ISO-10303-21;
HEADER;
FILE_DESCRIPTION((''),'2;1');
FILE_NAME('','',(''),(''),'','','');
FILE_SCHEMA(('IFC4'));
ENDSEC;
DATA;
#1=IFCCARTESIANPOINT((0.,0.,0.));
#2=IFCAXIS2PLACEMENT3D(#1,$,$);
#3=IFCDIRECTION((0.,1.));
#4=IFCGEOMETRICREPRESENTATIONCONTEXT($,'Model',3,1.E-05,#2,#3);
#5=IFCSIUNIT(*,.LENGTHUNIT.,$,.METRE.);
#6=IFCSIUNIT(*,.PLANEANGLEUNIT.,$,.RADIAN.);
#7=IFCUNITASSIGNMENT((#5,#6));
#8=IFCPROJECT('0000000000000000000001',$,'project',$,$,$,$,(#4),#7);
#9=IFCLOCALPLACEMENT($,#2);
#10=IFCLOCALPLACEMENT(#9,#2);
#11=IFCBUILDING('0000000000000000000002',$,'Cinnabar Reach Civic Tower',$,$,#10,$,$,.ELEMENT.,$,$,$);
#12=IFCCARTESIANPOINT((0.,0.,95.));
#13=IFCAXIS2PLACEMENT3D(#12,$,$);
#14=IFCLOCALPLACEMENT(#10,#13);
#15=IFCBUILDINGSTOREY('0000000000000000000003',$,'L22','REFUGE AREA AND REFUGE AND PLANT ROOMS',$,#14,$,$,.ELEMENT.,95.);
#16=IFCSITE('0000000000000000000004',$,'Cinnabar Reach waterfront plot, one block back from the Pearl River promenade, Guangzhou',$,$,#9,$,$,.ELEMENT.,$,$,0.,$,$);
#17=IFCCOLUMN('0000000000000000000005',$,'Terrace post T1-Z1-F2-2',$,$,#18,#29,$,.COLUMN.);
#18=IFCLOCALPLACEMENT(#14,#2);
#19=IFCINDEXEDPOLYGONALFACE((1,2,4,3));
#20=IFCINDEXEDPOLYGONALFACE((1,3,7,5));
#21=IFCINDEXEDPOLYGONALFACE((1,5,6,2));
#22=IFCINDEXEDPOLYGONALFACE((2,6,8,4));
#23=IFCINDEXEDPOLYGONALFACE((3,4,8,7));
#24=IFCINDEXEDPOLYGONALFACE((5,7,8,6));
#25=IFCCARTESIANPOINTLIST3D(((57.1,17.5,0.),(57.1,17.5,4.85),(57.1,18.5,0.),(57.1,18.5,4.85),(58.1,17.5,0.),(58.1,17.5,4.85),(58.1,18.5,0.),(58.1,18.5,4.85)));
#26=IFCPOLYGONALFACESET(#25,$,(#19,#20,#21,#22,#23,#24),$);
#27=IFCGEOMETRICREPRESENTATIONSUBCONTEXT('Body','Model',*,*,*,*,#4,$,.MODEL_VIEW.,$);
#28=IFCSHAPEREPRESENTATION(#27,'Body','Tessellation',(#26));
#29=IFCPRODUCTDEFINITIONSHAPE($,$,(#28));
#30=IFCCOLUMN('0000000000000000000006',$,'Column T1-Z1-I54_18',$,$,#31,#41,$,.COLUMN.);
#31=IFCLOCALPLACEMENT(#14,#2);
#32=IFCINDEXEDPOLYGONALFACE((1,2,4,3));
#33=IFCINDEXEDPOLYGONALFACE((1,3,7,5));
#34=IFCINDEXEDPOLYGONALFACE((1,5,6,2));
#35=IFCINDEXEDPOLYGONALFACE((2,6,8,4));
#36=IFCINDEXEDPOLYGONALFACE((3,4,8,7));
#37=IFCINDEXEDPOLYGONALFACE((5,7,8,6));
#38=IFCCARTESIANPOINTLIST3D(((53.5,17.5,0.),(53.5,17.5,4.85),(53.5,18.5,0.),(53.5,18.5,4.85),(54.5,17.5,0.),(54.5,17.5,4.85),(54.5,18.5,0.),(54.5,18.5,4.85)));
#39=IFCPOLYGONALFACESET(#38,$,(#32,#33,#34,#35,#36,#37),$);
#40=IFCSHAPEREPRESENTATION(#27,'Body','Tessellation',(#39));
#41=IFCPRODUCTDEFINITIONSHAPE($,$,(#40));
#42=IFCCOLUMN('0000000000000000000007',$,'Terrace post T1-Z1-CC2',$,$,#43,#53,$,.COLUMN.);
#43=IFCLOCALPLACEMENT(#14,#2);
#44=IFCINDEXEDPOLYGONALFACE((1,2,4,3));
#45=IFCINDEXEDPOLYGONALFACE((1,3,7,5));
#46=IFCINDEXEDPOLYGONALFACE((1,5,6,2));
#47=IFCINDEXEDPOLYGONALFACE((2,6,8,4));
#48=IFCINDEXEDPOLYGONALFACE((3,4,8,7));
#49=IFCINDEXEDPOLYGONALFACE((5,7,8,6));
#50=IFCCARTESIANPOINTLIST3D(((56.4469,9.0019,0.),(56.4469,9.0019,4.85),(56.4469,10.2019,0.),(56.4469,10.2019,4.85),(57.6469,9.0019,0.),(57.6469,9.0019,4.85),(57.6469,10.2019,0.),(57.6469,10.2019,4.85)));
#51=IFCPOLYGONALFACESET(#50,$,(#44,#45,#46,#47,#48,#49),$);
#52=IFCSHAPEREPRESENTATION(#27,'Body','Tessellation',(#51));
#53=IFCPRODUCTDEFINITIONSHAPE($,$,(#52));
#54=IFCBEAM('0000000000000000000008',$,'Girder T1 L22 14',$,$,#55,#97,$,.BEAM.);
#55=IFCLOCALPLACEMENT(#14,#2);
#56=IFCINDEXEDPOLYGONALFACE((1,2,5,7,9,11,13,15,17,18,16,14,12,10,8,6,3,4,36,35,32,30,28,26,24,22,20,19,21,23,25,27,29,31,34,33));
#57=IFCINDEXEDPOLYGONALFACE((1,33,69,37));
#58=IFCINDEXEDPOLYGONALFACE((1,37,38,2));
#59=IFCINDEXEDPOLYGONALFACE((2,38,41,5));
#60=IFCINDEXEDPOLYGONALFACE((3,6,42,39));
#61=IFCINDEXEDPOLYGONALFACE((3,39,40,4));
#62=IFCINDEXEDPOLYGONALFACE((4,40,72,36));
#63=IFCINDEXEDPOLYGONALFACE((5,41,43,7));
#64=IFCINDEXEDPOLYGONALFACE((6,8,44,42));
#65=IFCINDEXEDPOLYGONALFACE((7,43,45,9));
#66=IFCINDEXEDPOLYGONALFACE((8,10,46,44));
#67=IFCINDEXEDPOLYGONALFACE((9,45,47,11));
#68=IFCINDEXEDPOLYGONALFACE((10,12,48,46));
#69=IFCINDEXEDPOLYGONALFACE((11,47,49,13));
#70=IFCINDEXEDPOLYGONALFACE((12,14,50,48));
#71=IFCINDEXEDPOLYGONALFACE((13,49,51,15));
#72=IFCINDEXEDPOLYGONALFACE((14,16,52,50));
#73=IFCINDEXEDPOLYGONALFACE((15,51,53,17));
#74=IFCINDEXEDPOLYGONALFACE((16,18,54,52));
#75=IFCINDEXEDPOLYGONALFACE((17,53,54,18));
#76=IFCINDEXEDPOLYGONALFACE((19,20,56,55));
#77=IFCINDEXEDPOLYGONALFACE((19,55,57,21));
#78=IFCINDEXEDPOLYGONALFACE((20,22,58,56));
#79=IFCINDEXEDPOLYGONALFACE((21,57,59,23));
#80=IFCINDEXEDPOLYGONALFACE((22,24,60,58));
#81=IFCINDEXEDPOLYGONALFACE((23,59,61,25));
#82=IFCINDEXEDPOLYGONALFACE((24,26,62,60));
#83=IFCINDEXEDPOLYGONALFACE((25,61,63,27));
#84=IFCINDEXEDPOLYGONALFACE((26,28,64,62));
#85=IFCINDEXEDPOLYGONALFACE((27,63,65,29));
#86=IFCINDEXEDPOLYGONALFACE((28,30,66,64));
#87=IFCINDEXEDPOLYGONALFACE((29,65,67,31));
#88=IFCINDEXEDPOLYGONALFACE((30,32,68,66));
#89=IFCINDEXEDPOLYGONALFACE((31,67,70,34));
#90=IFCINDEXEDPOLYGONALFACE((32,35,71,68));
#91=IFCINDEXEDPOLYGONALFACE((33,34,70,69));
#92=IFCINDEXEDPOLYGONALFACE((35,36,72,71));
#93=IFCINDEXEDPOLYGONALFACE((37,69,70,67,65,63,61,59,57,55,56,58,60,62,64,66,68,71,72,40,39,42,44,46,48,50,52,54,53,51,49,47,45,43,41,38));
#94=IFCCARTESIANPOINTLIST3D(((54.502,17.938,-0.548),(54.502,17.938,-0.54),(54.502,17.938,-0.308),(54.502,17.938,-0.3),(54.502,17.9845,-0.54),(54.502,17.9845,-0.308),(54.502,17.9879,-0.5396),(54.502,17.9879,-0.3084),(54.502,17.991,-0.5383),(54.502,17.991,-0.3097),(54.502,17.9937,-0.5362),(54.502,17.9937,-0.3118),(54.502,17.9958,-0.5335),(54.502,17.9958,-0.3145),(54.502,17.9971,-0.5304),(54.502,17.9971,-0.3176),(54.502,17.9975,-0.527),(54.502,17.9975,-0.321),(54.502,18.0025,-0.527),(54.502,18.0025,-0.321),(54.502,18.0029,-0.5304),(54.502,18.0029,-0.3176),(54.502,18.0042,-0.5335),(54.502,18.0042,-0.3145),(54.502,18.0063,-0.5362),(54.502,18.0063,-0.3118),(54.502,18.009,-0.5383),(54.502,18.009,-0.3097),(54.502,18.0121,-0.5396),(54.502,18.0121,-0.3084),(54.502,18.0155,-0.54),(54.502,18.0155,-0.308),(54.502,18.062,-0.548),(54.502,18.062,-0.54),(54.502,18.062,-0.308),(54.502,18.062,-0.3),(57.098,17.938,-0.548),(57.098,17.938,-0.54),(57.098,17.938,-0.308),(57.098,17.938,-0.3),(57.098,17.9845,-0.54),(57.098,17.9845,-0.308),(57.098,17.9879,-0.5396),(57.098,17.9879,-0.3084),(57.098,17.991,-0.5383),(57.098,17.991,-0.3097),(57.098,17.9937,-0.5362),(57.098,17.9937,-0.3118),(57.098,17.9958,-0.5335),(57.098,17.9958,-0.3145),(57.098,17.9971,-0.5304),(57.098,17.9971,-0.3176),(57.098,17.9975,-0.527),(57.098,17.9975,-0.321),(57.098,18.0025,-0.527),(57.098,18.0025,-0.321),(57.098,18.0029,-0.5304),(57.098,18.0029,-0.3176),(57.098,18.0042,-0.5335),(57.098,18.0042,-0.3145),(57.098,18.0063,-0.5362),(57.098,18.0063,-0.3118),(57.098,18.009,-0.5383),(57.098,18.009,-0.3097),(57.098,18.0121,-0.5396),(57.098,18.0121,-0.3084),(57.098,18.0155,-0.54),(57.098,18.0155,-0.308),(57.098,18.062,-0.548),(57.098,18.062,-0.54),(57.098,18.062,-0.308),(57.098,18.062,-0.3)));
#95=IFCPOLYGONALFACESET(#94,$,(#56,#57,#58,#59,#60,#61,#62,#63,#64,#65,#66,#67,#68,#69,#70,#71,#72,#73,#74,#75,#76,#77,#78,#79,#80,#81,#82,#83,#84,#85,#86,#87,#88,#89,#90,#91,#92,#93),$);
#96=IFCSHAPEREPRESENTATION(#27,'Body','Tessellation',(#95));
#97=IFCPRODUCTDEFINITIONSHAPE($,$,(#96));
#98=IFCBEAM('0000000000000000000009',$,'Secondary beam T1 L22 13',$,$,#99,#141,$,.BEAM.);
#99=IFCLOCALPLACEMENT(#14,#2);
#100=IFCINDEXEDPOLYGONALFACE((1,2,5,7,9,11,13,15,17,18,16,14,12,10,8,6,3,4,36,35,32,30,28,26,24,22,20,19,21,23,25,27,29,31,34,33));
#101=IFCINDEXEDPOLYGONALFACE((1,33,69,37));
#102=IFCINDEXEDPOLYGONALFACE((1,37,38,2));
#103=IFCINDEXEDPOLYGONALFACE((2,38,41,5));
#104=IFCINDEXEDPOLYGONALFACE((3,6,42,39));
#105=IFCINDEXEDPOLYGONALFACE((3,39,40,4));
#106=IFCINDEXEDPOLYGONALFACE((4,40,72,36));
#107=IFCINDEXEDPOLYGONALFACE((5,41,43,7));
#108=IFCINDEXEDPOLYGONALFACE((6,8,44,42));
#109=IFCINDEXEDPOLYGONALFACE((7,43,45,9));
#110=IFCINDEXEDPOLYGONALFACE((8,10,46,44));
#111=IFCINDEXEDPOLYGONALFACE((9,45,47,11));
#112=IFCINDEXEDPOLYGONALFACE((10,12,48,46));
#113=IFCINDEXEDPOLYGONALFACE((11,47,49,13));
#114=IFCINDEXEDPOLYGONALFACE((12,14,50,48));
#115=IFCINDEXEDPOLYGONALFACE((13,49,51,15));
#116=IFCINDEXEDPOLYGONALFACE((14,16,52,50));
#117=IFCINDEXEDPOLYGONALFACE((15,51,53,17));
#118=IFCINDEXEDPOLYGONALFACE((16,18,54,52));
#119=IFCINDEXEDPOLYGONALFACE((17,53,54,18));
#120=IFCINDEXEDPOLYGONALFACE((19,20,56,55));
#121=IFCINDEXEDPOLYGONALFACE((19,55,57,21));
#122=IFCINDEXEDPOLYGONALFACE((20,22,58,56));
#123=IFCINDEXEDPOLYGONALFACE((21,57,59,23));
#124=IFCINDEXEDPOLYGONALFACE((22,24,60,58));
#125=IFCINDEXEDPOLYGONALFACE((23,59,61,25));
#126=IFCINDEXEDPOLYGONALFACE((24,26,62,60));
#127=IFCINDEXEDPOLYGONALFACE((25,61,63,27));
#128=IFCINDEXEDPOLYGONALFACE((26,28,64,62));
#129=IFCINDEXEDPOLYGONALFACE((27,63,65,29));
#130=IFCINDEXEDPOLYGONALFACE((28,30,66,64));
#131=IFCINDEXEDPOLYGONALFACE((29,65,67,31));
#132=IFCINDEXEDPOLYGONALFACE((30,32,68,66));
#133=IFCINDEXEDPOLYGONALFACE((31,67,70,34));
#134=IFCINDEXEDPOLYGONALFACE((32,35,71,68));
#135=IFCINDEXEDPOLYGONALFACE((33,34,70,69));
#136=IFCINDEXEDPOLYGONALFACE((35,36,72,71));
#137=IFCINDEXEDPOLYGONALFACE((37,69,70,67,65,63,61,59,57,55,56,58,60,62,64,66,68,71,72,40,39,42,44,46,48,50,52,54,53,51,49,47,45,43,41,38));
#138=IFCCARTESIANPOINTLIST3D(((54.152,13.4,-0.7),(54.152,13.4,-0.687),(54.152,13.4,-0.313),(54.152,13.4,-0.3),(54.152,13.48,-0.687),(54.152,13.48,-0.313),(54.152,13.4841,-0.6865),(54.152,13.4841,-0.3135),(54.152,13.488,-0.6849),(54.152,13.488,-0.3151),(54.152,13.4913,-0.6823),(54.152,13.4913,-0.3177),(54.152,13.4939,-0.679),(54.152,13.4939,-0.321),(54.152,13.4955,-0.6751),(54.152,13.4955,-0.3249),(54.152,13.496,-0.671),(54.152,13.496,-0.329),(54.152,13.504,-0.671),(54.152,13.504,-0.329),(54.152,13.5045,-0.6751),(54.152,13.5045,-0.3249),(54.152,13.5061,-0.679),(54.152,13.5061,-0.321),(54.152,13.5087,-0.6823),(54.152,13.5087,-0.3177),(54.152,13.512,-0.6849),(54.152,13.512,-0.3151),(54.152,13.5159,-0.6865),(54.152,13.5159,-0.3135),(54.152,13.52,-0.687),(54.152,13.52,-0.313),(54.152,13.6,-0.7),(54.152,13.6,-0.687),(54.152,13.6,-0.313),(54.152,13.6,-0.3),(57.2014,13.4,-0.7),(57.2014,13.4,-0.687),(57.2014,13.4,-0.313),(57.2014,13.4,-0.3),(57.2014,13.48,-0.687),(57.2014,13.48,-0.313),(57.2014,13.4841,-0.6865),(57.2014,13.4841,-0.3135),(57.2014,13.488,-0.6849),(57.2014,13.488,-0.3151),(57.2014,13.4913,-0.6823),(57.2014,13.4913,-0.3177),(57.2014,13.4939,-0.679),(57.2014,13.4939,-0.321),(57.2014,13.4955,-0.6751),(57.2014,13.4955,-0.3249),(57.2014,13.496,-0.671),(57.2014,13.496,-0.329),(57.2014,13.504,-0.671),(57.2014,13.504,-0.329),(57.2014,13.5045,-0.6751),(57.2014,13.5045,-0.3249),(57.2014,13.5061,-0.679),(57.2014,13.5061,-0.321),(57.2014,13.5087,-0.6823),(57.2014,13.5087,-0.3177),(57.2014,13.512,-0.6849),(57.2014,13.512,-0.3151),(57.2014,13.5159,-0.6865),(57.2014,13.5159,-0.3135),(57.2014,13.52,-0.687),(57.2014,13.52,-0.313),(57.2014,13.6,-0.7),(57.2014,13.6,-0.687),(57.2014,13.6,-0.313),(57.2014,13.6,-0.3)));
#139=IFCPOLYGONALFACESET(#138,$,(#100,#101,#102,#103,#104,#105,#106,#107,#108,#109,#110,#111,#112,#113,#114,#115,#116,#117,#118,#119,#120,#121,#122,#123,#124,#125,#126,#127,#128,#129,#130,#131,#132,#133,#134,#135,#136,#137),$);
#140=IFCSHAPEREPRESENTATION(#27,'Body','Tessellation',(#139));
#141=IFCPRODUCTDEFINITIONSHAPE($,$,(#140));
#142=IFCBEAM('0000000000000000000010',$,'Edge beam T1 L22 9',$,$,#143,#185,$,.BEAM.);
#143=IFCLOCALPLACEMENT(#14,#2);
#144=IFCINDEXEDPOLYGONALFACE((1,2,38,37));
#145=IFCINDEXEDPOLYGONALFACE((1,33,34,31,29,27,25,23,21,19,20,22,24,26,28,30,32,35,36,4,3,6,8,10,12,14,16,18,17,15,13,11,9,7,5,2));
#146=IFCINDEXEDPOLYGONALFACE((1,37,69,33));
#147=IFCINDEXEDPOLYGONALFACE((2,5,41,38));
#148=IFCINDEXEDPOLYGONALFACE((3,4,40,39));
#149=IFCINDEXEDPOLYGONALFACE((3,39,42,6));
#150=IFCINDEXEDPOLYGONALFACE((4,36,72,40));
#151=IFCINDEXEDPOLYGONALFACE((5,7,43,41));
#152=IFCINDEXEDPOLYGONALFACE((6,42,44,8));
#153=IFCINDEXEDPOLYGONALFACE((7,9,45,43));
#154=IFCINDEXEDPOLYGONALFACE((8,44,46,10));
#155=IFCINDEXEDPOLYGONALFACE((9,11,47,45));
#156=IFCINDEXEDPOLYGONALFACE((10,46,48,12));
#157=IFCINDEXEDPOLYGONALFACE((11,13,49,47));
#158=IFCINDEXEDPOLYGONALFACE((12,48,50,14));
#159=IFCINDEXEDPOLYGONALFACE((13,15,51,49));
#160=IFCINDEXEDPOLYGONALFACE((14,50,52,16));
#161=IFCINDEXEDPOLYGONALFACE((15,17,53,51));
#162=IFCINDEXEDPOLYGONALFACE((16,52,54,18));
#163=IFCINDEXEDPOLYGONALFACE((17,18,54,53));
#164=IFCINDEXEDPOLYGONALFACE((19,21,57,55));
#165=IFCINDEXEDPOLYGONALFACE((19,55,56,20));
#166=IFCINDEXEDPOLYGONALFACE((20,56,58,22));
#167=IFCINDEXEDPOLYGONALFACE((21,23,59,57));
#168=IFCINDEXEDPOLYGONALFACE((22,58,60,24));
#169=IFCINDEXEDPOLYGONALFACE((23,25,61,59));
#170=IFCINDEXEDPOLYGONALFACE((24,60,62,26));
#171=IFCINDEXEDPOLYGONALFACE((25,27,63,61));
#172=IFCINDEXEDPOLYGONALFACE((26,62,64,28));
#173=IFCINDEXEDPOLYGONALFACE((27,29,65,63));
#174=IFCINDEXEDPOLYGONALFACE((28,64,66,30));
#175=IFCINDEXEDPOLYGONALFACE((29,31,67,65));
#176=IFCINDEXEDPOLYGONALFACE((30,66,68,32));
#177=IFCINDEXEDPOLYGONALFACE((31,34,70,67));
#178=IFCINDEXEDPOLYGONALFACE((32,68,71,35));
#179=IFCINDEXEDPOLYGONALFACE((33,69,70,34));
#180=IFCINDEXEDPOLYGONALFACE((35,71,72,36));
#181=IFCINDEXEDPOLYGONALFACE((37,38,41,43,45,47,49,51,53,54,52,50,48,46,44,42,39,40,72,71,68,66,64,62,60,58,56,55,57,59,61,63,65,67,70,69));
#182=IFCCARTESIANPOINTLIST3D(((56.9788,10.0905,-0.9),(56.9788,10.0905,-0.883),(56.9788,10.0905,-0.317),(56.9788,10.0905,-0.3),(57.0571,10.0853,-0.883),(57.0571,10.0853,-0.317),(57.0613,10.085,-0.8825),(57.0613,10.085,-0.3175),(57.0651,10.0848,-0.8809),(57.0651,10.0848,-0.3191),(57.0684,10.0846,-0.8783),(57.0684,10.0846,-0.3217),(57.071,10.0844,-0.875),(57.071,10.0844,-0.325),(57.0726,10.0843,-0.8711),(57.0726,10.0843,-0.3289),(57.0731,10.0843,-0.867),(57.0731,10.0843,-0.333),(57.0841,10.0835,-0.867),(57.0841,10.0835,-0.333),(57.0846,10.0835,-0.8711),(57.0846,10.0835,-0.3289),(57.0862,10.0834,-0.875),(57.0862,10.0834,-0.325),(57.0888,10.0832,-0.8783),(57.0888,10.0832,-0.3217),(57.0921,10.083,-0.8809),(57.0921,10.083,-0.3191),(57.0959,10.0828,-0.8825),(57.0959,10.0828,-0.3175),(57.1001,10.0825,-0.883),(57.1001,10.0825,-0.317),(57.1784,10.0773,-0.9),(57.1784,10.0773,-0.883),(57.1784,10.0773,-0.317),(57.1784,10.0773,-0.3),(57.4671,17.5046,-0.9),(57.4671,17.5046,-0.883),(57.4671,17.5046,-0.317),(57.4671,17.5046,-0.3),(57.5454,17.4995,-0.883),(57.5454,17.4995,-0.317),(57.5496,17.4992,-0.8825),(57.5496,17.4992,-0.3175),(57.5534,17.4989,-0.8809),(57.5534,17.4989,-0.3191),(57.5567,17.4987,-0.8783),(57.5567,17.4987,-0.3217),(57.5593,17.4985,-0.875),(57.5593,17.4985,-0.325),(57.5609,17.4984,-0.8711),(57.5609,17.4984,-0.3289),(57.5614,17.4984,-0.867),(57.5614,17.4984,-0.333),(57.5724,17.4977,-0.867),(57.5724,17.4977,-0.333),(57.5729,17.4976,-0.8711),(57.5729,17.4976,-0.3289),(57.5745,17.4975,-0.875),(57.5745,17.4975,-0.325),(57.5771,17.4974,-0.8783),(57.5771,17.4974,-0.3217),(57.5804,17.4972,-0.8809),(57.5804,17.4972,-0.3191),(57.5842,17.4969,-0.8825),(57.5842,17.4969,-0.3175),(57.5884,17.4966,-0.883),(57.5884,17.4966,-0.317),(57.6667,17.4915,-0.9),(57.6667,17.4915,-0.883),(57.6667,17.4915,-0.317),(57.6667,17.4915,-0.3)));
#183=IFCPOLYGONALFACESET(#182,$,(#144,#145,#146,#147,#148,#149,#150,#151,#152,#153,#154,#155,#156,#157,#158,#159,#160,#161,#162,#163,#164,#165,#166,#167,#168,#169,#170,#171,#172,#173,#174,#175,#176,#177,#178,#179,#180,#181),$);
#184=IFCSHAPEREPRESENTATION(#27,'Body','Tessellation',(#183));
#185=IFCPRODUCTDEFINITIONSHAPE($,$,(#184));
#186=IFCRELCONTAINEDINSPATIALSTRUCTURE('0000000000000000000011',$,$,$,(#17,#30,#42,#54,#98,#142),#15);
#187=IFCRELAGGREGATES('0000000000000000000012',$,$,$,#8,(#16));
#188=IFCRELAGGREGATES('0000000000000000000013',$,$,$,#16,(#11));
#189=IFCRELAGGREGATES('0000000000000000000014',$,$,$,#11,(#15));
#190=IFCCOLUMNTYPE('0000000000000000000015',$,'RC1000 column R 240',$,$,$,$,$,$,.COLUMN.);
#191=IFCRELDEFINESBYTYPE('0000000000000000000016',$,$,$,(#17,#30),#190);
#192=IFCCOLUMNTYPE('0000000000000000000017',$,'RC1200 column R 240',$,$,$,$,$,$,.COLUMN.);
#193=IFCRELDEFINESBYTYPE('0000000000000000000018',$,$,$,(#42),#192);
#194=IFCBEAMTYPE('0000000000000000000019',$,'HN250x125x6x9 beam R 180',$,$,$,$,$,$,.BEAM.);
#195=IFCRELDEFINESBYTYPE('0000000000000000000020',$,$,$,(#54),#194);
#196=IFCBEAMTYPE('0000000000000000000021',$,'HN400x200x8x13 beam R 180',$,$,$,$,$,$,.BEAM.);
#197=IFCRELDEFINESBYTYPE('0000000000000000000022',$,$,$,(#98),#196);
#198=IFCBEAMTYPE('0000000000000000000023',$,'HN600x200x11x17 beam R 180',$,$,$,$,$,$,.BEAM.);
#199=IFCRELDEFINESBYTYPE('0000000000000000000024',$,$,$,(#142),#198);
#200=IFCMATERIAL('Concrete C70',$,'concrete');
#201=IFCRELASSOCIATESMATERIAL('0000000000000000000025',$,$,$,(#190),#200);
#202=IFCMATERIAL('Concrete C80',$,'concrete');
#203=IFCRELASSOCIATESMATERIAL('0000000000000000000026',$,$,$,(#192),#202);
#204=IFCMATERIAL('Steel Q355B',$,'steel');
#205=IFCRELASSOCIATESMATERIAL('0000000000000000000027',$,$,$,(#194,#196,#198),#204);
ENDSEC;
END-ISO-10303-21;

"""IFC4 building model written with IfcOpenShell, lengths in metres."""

from ifc_helpers import new_model, si_unit, direction, frame, origin, origin_2d, place, context, subcontext, project, spatial, rectangle, i_section, extrude, material, material_profile, profile_set, type_object, element, save


model = new_model("IFC4")

# Units and contexts
model_context = context("Model", 3, precision=1e-05, world=origin(), true_north=direction((0.0, 1.0)))
body_context = subcontext(model_context, "Body", "Model", "MODEL_VIEW")
ifc_project = project(units=[si_unit("LENGTHUNIT", "METRE"), si_unit("PLANEANGLEUNIT", "RADIAN")], contexts=[model_context])

# Site, building, storey
site_placement = place(None, origin())
site = spatial("IfcSite", under=ifc_project, at=site_placement, Name="Cinnabar Reach waterfront plot, one block back from the Pearl River promenade, Guangzhou", CompositionType="ELEMENT", RefElevation=0.0)
building_placement = place(site_placement, origin())
building = spatial("IfcBuilding", under=site, at=building_placement, Name="Cinnabar Reach Civic Tower", CompositionType="ELEMENT")
storey_placement = place(building_placement, frame((0.0, 0.0, 95.0)))
storey = spatial("IfcBuildingStorey", under=building, at=storey_placement, Name="L22", Description="REFUGE AREA AND REFUGE AND PLANT ROOMS", CompositionType="ELEMENT", Elevation=95.0)

# Columns
ifc_material_1 = material(Name="Concrete C70", Category="concrete")
ifc_material_profile_1 = material_profile(ifc_material_1, rectangle(XDim=1.0, YDim=1.0, at=origin_2d()), Name="RC1000")
ifc_profile_set_1 = profile_set([ifc_material_profile_1], Name="Concrete C70")
column_type_1 = type_object("IfcColumnType", Name="RC1000 column R 240", PredefinedType="COLUMN", material=ifc_profile_set_1)
for number, where, z_axis, x_axis, name in (
    (1, (57.6, 18.0, 0.0), (0.0, 0.0, 1.0), (1.0, 0.0, 0.0), "Terrace post T1-Z1-F2-2"),
    (2, (54.0, 18.0, 0.0), (0.0, 0.0, 1.0), (1.0, 0.0, 0.0), "Column T1-Z1-I54_18"),
):
    element("IfcColumn", number, at=place(storey_placement, frame(where, z_axis=z_axis, x_axis=x_axis)), inside=storey, type_object=column_type_1, Name=name, PredefinedType="COLUMN", context=body_context, shape_type="SweptSolid", body=[
        extrude(rectangle(XDim=1.0, YDim=1.0, at=origin_2d()), origin(), (0.0, 0.0, 1.0), 4.85),
    ])
ifc_material_2 = material(Name="Concrete C80", Category="concrete")
ifc_material_profile_2 = material_profile(ifc_material_2, rectangle(XDim=1.2, YDim=1.2, at=origin_2d()), Name="RC1200")
ifc_profile_set_2 = profile_set([ifc_material_profile_2], Name="Concrete C80")
column_type_2 = type_object("IfcColumnType", Name="RC1200 column R 240", PredefinedType="COLUMN", material=ifc_profile_set_2)
column_placement = place(storey_placement, frame((57.0469, 9.6019, 0.0), z_axis=(0.0, 0.0, 1.0), x_axis=(1.0, 0.0, 0.0)))
element("IfcColumn", 3, at=column_placement, inside=storey, type_object=column_type_2, Name="Terrace post T1-Z1-CC2", PredefinedType="COLUMN", context=body_context, shape_type="SweptSolid", body=[
    extrude(rectangle(XDim=1.2, YDim=1.2, at=origin_2d()), origin(), (0.0, 0.0, 1.0), 4.85),
])

# Beams
ifc_material_3 = material(Name="Steel Q355B", Category="steel")
ifc_material_profile_3 = material_profile(ifc_material_3, i_section(OverallWidth=0.124, OverallDepth=0.248, WebThickness=0.005, FlangeThickness=0.008, FilletRadius=0.013, at=origin_2d()), Name="HN250x125x6x9")
ifc_profile_set_3 = profile_set([ifc_material_profile_3], Name="Steel Q355B")
beam_type_1 = type_object("IfcBeamType", Name="HN250x125x6x9 beam R 180", PredefinedType="BEAM", material=ifc_profile_set_3)
beam_1_placement = place(storey_placement, frame((54.502, 18.0, -0.424), z_axis=(1.0, 0.0, 0.0), x_axis=(0.0, 1.0, 0.0)))
element("IfcBeam", 4, at=beam_1_placement, inside=storey, type_object=beam_type_1, Name="Girder T1 L22 14", PredefinedType="BEAM", context=body_context, shape_type="SweptSolid", body=[
    extrude(i_section(OverallWidth=0.124, OverallDepth=0.248, WebThickness=0.005, FlangeThickness=0.008, FilletRadius=0.013, at=origin_2d()), origin(), (0.0, 0.0, 1.0), 2.596),
])
ifc_material_profile_4 = material_profile(ifc_material_3, i_section(OverallWidth=0.2, OverallDepth=0.4, WebThickness=0.008, FlangeThickness=0.013, FilletRadius=0.016, at=origin_2d()), Name="HN400x200x8x13")
ifc_profile_set_4 = profile_set([ifc_material_profile_4], Name="Steel Q355B")
beam_type_2 = type_object("IfcBeamType", Name="HN400x200x8x13 beam R 180", PredefinedType="BEAM", material=ifc_profile_set_4)
beam_2_placement = place(storey_placement, frame((54.152, 13.5, -0.5), z_axis=(1.0, 0.0, 0.0), x_axis=(0.0, 1.0, 0.0)))
element("IfcBeam", 5, at=beam_2_placement, inside=storey, type_object=beam_type_2, Name="Secondary beam T1 L22 13", PredefinedType="BEAM", context=body_context, shape_type="SweptSolid", body=[
    extrude(i_section(OverallWidth=0.2, OverallDepth=0.4, WebThickness=0.008, FlangeThickness=0.013, FilletRadius=0.016, at=origin_2d()), origin(), (0.0, 0.0, 1.0), 3.0494),
])
ifc_material_profile_5 = material_profile(ifc_material_3, i_section(OverallWidth=0.2, OverallDepth=0.6, WebThickness=0.011, FlangeThickness=0.017, FilletRadius=0.016, at=origin_2d()), Name="HN600x200x11x17")
ifc_profile_set_5 = profile_set([ifc_material_profile_5], Name="Steel Q355B")
beam_type_3 = type_object("IfcBeamType", Name="HN600x200x11x17 beam R 180", PredefinedType="BEAM", material=ifc_profile_set_5)
beam_3_placement = place(storey_placement, frame((57.0786, 10.0839, -0.6), z_axis=(0.065719, 0.997838, 0.0), x_axis=(-0.997838, 0.065719, 0.0)))
element("IfcBeam", 6, at=beam_3_placement, inside=storey, type_object=beam_type_3, Name="Edge beam T1 L22 9", PredefinedType="BEAM", context=body_context, shape_type="SweptSolid", body=[
    extrude(i_section(OverallWidth=0.2, OverallDepth=0.6, WebThickness=0.011, FlangeThickness=0.017, FilletRadius=0.016, at=origin_2d()), origin(), (0.0, 0.0, 1.0), 7.4302),
])

save(model, "model.ifc")
